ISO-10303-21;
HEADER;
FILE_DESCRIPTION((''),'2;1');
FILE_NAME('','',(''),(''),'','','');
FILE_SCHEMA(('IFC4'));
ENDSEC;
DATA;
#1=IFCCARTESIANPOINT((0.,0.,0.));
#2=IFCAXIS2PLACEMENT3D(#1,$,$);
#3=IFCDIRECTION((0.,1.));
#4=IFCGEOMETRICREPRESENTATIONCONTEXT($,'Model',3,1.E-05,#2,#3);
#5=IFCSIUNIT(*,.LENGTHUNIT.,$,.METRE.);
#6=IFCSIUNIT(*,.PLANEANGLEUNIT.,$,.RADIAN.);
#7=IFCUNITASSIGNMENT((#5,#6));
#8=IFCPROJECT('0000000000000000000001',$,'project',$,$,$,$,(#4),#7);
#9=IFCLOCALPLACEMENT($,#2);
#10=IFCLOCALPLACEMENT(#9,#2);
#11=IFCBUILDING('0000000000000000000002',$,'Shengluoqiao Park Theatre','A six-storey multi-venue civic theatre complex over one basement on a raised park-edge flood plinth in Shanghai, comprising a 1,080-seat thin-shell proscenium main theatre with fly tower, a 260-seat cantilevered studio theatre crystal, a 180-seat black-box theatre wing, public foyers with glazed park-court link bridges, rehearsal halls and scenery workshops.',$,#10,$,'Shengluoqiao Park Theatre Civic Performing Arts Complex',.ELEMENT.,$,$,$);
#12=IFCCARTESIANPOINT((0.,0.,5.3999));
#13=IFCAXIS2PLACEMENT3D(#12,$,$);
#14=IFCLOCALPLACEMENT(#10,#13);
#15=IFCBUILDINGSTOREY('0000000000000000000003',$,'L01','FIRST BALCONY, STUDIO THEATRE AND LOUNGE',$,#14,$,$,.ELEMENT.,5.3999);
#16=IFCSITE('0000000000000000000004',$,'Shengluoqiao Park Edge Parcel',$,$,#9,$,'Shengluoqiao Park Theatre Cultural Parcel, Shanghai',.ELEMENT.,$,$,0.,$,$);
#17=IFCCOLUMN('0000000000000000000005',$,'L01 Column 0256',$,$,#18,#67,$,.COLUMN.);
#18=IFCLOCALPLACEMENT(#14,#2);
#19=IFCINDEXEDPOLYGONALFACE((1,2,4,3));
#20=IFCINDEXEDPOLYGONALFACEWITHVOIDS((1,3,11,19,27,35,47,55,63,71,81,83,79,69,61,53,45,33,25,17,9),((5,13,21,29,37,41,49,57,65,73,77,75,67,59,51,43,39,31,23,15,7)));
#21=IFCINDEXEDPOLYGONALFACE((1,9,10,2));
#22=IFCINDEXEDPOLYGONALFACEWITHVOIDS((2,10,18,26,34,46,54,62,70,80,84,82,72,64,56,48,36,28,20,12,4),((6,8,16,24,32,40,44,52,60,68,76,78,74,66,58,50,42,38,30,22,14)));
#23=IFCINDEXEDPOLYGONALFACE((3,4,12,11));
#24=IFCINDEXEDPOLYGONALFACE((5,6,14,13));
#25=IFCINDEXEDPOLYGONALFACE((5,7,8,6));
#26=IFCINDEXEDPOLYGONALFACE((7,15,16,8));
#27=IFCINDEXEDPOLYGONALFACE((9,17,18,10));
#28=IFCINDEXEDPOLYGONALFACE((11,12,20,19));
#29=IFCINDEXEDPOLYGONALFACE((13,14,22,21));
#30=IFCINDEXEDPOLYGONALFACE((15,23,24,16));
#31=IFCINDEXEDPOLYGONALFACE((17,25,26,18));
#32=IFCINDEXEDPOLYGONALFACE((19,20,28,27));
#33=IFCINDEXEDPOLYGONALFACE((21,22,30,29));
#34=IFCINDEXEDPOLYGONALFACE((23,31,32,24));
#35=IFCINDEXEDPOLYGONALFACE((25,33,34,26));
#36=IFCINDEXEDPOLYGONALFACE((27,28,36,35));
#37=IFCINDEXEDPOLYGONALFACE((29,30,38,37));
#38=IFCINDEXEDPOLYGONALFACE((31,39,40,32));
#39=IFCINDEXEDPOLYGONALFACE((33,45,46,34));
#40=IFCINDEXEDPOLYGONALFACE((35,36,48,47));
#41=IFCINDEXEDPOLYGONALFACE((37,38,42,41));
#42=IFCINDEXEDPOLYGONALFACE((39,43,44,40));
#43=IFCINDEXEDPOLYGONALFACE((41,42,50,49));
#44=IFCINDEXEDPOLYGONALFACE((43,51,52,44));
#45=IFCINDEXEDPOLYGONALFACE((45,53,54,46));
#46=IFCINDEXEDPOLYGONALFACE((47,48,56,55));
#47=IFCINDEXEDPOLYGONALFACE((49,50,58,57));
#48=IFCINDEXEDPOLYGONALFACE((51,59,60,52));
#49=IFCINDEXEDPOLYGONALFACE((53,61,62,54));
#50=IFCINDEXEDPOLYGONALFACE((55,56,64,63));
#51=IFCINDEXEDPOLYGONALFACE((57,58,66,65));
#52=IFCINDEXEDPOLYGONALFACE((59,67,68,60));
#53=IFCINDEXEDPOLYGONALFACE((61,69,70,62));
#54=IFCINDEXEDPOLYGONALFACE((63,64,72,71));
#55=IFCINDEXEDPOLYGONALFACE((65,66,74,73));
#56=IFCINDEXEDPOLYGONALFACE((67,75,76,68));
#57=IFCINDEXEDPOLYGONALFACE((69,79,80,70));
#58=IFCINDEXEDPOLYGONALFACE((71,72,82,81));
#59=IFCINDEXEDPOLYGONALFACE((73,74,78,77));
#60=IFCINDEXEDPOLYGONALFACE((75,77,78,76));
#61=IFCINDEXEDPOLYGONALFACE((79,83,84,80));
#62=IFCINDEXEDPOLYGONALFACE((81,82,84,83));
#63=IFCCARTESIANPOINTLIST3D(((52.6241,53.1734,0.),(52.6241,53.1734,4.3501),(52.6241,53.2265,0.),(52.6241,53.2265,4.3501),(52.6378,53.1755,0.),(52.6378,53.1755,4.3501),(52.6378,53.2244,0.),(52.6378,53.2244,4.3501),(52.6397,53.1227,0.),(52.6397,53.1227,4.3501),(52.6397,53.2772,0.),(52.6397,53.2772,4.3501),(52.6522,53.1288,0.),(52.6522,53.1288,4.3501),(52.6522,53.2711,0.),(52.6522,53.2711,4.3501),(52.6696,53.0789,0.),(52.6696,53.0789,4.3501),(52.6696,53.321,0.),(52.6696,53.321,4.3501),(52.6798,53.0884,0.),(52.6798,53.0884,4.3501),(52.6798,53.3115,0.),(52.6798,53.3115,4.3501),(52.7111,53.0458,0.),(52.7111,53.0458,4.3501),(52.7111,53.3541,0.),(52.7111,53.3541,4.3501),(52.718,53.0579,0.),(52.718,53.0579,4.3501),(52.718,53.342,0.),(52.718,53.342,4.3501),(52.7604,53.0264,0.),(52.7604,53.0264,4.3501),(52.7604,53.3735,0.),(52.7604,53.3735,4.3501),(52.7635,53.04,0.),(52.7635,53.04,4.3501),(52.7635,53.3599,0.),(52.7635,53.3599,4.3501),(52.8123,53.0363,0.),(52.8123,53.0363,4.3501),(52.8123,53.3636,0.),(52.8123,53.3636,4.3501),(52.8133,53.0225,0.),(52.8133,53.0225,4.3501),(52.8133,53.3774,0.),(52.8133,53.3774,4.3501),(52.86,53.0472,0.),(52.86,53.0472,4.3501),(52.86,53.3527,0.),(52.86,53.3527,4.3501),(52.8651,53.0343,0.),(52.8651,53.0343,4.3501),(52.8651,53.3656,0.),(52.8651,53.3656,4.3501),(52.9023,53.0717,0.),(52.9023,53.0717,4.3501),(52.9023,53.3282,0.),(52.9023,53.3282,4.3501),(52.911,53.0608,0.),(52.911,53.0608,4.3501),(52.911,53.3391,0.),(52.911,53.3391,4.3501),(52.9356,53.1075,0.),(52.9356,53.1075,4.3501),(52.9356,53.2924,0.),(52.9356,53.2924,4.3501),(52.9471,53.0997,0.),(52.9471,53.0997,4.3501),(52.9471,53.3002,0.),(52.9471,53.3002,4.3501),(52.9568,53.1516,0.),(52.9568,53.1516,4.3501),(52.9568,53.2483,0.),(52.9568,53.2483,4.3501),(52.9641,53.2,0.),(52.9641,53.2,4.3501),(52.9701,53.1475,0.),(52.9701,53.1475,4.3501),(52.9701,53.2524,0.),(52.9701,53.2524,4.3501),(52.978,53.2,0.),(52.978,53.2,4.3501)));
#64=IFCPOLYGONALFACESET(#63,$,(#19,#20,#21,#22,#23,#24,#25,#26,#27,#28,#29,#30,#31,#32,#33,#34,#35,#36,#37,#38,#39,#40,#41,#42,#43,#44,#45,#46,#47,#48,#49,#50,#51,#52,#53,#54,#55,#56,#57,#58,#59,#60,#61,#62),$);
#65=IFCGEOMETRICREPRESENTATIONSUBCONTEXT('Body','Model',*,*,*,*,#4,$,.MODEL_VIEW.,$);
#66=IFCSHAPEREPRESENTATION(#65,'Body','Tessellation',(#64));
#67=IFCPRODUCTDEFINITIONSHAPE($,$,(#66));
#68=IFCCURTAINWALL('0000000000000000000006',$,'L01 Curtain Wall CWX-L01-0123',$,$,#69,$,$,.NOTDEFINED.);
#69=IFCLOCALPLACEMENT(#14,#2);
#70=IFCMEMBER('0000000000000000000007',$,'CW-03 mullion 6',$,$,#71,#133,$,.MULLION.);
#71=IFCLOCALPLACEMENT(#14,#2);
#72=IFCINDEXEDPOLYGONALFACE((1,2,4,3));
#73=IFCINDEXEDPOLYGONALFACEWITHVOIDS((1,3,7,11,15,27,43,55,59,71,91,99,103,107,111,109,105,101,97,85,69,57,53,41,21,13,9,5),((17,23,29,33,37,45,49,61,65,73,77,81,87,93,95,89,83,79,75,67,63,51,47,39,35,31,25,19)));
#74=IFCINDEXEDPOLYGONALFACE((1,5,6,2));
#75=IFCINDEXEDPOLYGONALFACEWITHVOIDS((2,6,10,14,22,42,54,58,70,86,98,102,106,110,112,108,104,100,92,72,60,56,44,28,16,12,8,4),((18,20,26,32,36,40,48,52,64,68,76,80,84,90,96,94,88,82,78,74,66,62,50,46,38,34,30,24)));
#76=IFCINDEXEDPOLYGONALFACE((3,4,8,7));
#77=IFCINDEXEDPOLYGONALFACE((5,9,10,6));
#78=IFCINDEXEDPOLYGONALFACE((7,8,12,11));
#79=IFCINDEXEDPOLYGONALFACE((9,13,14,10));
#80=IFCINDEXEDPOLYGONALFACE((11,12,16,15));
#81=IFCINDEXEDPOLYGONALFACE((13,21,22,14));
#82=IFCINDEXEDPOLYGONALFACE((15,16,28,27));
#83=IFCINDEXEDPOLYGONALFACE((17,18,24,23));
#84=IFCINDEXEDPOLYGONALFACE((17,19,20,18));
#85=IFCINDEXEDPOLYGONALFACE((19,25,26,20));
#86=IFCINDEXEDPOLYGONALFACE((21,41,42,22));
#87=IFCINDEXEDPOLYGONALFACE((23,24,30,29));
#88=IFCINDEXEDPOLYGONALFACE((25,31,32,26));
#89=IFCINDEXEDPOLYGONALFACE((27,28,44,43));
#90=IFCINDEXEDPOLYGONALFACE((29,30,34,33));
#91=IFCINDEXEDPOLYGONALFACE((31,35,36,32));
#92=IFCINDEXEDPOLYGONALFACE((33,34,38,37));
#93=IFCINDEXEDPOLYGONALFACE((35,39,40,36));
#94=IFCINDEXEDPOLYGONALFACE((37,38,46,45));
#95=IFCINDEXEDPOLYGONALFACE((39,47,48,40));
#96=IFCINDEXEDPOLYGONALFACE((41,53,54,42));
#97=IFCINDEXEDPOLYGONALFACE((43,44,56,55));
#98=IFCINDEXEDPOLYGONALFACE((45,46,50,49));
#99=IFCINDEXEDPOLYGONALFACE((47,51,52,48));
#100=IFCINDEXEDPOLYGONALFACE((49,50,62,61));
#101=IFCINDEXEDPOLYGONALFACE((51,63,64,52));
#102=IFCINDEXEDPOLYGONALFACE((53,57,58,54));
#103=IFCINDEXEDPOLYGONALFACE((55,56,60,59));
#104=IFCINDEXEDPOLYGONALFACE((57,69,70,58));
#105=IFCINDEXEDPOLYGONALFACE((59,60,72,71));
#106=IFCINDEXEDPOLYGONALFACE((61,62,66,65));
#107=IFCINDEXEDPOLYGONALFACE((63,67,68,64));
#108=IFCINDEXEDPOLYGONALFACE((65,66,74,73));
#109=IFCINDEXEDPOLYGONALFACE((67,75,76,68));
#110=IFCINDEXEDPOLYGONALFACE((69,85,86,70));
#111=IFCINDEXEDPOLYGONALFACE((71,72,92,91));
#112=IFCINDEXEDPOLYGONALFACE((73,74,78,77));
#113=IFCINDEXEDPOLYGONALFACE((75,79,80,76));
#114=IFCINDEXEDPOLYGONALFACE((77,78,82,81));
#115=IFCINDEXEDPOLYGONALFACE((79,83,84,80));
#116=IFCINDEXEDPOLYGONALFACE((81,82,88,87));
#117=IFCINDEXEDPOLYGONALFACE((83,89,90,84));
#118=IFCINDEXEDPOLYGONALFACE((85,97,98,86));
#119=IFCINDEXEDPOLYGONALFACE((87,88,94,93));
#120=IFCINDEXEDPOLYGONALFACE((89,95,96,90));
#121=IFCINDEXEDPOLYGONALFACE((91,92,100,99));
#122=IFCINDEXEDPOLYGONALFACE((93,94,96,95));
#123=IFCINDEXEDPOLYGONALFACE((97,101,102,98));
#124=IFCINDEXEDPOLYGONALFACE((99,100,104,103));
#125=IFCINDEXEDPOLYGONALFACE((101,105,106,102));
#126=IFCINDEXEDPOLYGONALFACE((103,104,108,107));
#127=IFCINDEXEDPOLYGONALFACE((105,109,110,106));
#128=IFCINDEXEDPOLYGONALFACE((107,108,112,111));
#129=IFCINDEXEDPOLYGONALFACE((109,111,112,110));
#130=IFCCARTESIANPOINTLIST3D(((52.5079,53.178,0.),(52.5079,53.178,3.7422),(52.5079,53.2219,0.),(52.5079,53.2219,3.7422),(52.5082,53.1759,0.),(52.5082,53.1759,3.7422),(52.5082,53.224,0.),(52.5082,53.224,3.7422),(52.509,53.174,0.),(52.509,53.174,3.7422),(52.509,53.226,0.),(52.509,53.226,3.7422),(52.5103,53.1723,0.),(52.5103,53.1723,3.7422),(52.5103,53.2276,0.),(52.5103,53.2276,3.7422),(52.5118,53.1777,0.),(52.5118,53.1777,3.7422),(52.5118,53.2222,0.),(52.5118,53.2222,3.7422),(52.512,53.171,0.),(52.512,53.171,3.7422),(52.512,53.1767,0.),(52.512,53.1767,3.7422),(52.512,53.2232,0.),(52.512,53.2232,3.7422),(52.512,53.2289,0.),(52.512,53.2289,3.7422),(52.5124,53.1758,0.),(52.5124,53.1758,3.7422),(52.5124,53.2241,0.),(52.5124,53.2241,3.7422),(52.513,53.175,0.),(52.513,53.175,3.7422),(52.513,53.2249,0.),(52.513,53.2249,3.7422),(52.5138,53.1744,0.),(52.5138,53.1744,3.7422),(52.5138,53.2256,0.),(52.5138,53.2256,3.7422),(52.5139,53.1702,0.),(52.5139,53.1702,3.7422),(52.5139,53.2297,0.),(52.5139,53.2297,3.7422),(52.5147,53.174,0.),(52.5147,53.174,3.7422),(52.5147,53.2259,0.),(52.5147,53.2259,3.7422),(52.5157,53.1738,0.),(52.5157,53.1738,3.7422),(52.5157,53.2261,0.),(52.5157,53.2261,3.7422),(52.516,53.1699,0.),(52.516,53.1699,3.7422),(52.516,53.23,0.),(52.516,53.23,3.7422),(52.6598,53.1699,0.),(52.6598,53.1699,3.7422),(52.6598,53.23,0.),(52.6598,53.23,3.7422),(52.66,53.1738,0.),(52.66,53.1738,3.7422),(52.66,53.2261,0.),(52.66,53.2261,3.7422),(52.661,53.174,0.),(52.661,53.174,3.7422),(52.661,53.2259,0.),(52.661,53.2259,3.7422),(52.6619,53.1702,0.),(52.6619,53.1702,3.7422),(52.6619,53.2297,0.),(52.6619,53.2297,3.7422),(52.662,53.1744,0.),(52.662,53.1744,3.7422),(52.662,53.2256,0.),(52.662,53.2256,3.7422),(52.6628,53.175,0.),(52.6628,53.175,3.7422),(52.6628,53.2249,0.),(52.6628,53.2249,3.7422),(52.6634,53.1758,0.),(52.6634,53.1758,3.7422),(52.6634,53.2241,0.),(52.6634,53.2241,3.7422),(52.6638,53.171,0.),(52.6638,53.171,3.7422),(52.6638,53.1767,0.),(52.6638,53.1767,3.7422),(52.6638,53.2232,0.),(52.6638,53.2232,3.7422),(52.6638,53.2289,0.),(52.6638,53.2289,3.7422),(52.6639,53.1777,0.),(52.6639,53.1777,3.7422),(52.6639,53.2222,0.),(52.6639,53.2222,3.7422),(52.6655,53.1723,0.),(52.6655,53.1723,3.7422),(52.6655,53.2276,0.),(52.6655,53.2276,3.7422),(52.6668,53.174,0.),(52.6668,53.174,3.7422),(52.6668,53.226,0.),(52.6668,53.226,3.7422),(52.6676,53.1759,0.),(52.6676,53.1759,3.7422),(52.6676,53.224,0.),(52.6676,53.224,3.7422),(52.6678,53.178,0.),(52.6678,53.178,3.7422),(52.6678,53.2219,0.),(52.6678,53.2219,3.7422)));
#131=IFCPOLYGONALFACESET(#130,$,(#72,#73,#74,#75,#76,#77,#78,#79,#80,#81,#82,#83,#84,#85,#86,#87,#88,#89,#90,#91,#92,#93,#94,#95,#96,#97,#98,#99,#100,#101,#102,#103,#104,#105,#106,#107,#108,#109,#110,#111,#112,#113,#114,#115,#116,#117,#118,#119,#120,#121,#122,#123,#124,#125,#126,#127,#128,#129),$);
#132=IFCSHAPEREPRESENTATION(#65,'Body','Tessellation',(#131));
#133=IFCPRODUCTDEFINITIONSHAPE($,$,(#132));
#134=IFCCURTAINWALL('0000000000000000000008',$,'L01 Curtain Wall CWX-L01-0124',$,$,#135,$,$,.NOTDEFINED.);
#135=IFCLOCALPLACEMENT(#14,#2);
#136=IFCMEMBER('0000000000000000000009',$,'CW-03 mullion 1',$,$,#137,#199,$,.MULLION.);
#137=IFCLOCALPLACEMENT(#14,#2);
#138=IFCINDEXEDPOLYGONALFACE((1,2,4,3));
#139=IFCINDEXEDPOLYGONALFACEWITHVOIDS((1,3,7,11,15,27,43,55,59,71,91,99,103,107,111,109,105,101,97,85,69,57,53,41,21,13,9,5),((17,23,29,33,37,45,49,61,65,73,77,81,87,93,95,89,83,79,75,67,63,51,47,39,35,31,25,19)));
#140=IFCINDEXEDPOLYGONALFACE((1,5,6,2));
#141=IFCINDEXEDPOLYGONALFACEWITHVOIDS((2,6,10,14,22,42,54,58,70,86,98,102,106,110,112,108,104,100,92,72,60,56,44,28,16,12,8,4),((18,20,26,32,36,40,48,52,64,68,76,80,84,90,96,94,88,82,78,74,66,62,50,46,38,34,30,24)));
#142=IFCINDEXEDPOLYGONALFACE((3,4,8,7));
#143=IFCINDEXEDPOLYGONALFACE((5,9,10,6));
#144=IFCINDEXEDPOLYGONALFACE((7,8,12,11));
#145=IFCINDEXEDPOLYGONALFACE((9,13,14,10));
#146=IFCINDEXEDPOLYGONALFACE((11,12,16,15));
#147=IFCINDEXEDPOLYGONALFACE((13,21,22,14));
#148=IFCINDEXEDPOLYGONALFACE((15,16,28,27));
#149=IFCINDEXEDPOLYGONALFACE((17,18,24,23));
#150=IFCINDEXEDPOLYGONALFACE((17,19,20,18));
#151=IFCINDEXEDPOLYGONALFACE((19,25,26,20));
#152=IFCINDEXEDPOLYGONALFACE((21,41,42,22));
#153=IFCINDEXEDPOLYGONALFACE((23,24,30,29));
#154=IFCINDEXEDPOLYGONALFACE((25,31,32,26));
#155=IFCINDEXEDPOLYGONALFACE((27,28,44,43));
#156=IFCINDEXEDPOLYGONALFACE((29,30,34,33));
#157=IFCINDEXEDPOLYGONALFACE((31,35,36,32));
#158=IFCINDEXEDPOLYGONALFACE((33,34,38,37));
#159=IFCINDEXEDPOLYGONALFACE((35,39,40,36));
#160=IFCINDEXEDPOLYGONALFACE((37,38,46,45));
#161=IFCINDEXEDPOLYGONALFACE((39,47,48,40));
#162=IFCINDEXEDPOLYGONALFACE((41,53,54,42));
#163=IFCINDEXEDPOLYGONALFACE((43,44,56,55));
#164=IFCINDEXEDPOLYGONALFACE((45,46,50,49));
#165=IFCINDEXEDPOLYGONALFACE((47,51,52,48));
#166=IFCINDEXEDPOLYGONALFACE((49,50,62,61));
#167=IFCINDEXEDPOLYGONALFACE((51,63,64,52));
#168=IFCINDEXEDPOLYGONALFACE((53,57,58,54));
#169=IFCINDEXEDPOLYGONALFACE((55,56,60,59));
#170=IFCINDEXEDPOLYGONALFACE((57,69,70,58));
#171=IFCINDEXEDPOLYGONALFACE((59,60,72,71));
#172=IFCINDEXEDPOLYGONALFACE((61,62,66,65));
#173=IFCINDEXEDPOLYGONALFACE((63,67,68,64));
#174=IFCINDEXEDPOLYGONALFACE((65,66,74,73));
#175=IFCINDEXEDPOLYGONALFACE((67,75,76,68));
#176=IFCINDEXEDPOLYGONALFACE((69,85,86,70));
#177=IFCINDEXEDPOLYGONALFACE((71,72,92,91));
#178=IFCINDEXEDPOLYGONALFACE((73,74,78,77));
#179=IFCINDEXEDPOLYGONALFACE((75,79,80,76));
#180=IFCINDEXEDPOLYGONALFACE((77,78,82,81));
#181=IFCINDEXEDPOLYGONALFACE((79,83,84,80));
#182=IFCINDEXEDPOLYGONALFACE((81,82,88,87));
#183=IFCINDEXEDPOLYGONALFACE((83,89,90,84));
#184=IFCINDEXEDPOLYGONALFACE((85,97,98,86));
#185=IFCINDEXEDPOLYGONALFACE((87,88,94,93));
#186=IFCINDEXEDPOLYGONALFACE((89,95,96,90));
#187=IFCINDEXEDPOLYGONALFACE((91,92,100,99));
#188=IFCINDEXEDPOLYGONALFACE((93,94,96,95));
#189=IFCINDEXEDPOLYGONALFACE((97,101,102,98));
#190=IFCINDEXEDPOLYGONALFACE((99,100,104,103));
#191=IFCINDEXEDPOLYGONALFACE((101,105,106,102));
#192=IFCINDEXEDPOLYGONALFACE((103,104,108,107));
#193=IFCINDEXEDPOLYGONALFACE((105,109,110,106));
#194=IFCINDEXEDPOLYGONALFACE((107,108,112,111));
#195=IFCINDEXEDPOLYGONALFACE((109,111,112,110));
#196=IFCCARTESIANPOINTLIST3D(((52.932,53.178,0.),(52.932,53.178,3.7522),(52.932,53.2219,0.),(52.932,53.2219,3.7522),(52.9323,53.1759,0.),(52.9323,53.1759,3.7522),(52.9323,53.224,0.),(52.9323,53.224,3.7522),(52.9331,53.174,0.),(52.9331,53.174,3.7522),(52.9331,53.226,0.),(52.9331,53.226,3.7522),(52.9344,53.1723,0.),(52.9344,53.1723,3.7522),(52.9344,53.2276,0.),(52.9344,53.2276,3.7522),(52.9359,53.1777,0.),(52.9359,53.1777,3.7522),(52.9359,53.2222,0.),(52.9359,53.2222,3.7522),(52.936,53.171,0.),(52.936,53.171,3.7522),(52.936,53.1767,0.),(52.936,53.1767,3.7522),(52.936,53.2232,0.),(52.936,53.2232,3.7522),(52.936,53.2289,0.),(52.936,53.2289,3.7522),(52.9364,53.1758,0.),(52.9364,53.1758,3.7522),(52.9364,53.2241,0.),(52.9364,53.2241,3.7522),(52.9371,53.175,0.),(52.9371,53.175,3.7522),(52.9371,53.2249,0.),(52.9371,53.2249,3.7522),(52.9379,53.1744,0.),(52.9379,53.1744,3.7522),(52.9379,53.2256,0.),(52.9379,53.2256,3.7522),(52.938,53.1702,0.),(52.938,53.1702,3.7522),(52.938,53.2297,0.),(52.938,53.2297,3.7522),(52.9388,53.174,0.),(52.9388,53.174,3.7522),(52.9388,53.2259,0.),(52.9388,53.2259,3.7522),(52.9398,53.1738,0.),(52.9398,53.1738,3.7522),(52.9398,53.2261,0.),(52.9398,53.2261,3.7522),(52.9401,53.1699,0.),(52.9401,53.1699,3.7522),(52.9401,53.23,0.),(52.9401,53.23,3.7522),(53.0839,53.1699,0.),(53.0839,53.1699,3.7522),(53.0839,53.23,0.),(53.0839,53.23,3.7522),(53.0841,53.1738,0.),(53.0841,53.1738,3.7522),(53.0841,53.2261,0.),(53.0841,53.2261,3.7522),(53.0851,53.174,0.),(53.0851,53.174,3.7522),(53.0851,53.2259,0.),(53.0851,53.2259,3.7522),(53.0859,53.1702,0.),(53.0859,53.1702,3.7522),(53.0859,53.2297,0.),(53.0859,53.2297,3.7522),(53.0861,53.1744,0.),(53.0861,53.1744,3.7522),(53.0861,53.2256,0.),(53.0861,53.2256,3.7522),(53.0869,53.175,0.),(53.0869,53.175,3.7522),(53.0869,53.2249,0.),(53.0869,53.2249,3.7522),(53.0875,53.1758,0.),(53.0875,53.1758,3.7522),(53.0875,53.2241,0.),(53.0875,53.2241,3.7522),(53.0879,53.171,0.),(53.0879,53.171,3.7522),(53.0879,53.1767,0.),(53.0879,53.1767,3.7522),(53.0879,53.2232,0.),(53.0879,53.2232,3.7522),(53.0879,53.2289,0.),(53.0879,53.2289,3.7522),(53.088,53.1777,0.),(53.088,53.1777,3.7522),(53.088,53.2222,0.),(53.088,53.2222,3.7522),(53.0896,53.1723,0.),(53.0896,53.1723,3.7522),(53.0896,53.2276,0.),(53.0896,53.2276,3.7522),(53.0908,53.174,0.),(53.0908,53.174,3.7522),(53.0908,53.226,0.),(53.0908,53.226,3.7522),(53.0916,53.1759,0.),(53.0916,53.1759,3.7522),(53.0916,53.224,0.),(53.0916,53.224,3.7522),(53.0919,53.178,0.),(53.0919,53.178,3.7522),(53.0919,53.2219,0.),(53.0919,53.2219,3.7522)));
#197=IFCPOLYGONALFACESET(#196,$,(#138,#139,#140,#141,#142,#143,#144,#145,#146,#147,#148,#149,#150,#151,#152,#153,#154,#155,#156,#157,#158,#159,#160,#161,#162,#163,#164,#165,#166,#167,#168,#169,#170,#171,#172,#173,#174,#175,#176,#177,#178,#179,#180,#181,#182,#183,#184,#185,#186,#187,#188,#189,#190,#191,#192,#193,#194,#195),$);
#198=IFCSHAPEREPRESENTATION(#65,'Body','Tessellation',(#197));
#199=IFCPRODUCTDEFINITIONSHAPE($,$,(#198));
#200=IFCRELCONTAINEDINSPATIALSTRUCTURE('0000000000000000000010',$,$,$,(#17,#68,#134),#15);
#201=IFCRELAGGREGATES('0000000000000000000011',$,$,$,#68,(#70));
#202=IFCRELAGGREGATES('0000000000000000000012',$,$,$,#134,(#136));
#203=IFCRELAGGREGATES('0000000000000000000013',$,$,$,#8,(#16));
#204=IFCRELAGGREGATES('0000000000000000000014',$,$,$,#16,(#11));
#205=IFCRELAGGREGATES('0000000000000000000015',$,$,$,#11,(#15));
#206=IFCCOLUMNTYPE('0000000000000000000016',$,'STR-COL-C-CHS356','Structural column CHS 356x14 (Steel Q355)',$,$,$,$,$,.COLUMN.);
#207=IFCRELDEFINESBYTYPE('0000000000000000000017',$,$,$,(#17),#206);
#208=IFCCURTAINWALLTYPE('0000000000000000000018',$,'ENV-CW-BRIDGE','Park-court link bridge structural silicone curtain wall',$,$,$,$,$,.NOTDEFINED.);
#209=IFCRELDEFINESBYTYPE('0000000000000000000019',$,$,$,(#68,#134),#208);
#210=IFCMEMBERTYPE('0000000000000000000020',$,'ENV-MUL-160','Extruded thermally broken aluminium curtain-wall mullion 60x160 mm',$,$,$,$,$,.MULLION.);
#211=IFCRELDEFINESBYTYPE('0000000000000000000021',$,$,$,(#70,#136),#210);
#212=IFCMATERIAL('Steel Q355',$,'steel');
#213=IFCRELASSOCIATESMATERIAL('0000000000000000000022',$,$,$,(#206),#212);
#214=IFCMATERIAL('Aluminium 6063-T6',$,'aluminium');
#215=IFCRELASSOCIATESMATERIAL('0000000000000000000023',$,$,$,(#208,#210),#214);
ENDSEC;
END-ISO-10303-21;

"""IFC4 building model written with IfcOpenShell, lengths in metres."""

from ifc_helpers import new_model, si_unit, direction, frame, origin, origin_2d, place, context, subcontext, project, spatial, hollow_rectangle, hollow_circle, extrude, material, material_profile, profile_set, type_object, element, aggregate, save


model = new_model("IFC4")

# Units and contexts
model_context = context("Model", 3, precision=1e-05, world=origin(), true_north=direction((0.0, 1.0)))
body_context = subcontext(model_context, "Body", "Model", "MODEL_VIEW")
ifc_project = project(units=[si_unit("LENGTHUNIT", "METRE"), si_unit("PLANEANGLEUNIT", "RADIAN")], contexts=[model_context])

# Site, building, storey
site_placement = place(None, origin())
site = spatial("IfcSite", under=ifc_project, at=site_placement, Name="Shengluoqiao Park Edge Parcel", LongName="Shengluoqiao Park Theatre Cultural Parcel, Shanghai", CompositionType="ELEMENT", RefElevation=0.0)
building_placement = place(site_placement, origin())
building = spatial("IfcBuilding", under=site, at=building_placement, Name="Shengluoqiao Park Theatre", Description="A six-storey multi-venue civic theatre complex over one basement on a raised park-edge flood plinth in Shanghai, comprising a 1,080-seat thin-shell proscenium main theatre with fly tower, a 260-seat cantilevered studio theatre crystal, a 180-seat black-box theatre wing, public foyers with glazed park-court link bridges, rehearsal halls and scenery workshops.", LongName="Shengluoqiao Park Theatre Civic Performing Arts Complex", CompositionType="ELEMENT")
storey_placement = place(building_placement, frame((0.0, 0.0, 5.3999)))
storey = spatial("IfcBuildingStorey", under=building, at=storey_placement, Name="L01", Description="FIRST BALCONY, STUDIO THEATRE AND LOUNGE", CompositionType="ELEMENT", Elevation=5.3999)

# Column
ifc_material_1 = material(Name="Steel Q355", Category="steel")
ifc_material_profile_1 = material_profile(ifc_material_1, hollow_circle(Radius=0.178, WallThickness=0.0139, at=origin_2d()), Name="CHS 356x14")
ifc_profile_set_1 = profile_set([ifc_material_profile_1], Name="Steel Q355")
column_type = type_object("IfcColumnType", Name="STR-COL-C-CHS356", Description="Structural column CHS 356x14 (Steel Q355)", PredefinedType="COLUMN", material=ifc_profile_set_1)
column_placement = place(storey_placement, frame((52.8, 53.2, 0.0), z_axis=(0.0, 0.0, 1.0), x_axis=(1.0, 0.0, 0.0)))
element("IfcColumn", 1, at=column_placement, inside=storey, type_object=column_type, Name="L01 Column 0256", PredefinedType="COLUMN", context=body_context, shape_type="SweptSolid", body=[
    extrude(hollow_circle(Radius=0.178, WallThickness=0.0139, at=origin_2d()), origin(), (0.0, 0.0, 1.0), 4.3501),
])

# Curtain wall, member
ifc_material_2 = material(Name="Aluminium 6063-T6", Category="aluminium")
curtain_wall_type = type_object("IfcCurtainWallType", Name="ENV-CW-BRIDGE", Description="Park-court link bridge structural silicone curtain wall", PredefinedType="NOTDEFINED", material=ifc_material_2)
curtain_wall_1_placement = place(storey_placement, origin())
curtain_wall_1 = element("IfcCurtainWall", 2, at=curtain_wall_1_placement, inside=storey, type_object=curtain_wall_type, Name="L01 Curtain Wall CWX-L01-0123", PredefinedType="NOTDEFINED")
ifc_material_profile_2 = material_profile(ifc_material_2, hollow_rectangle(XDim=0.0601, YDim=0.1599, WallThickness=0.0039, InnerFilletRadius=0.0039, OuterFilletRadius=0.0081, at=origin_2d()), Name="ALU MULLION 160x60x4")
ifc_profile_set_2 = profile_set([ifc_material_profile_2], Name="Aluminium 6063-T6")
member_type_1 = type_object("IfcMemberType", Name="ENV-MUL-160", Description="Extruded thermally broken aluminium curtain-wall mullion 60x160 mm", PredefinedType="MULLION", material=ifc_profile_set_2)
member_1_placement = place(storey_placement, frame((52.5879, 53.2, 0.0), z_axis=(0.0, 0.0, 1.0), x_axis=(0.0, 1.0, 0.0)))
member_1 = element("IfcMember", 3, at=member_1_placement, type_object=member_type_1, Name="CW-03 mullion 6", PredefinedType="MULLION", context=body_context, shape_type="SweptSolid", body=[
    extrude(hollow_rectangle(XDim=0.0601, YDim=0.1599, WallThickness=0.0039, InnerFilletRadius=0.0039, OuterFilletRadius=0.0081, at=origin_2d()), origin(), (0.0, 0.0, 1.0), 3.7422),
])

# Curtain wall, member
curtain_wall_2_placement = place(storey_placement, origin())
curtain_wall_2 = element("IfcCurtainWall", 4, at=curtain_wall_2_placement, inside=storey, type_object=curtain_wall_type, Name="L01 Curtain Wall CWX-L01-0124", PredefinedType="NOTDEFINED")
member_2_placement = place(storey_placement, frame((53.012, 53.2, 0.0), z_axis=(0.0, 0.0, 1.0), x_axis=(0.0, 1.0, 0.0)))
member_2 = element("IfcMember", 5, at=member_2_placement, type_object=member_type_1, Name="CW-03 mullion 1", PredefinedType="MULLION", context=body_context, shape_type="SweptSolid", body=[
    extrude(hollow_rectangle(XDim=0.0601, YDim=0.1599, WallThickness=0.0039, InnerFilletRadius=0.0039, OuterFilletRadius=0.0081, at=origin_2d()), origin(), (0.0, 0.0, 1.0), 3.7522),
])

aggregate(curtain_wall_1, [member_1])
aggregate(curtain_wall_2, [member_2])

save(model, "model.ifc")
